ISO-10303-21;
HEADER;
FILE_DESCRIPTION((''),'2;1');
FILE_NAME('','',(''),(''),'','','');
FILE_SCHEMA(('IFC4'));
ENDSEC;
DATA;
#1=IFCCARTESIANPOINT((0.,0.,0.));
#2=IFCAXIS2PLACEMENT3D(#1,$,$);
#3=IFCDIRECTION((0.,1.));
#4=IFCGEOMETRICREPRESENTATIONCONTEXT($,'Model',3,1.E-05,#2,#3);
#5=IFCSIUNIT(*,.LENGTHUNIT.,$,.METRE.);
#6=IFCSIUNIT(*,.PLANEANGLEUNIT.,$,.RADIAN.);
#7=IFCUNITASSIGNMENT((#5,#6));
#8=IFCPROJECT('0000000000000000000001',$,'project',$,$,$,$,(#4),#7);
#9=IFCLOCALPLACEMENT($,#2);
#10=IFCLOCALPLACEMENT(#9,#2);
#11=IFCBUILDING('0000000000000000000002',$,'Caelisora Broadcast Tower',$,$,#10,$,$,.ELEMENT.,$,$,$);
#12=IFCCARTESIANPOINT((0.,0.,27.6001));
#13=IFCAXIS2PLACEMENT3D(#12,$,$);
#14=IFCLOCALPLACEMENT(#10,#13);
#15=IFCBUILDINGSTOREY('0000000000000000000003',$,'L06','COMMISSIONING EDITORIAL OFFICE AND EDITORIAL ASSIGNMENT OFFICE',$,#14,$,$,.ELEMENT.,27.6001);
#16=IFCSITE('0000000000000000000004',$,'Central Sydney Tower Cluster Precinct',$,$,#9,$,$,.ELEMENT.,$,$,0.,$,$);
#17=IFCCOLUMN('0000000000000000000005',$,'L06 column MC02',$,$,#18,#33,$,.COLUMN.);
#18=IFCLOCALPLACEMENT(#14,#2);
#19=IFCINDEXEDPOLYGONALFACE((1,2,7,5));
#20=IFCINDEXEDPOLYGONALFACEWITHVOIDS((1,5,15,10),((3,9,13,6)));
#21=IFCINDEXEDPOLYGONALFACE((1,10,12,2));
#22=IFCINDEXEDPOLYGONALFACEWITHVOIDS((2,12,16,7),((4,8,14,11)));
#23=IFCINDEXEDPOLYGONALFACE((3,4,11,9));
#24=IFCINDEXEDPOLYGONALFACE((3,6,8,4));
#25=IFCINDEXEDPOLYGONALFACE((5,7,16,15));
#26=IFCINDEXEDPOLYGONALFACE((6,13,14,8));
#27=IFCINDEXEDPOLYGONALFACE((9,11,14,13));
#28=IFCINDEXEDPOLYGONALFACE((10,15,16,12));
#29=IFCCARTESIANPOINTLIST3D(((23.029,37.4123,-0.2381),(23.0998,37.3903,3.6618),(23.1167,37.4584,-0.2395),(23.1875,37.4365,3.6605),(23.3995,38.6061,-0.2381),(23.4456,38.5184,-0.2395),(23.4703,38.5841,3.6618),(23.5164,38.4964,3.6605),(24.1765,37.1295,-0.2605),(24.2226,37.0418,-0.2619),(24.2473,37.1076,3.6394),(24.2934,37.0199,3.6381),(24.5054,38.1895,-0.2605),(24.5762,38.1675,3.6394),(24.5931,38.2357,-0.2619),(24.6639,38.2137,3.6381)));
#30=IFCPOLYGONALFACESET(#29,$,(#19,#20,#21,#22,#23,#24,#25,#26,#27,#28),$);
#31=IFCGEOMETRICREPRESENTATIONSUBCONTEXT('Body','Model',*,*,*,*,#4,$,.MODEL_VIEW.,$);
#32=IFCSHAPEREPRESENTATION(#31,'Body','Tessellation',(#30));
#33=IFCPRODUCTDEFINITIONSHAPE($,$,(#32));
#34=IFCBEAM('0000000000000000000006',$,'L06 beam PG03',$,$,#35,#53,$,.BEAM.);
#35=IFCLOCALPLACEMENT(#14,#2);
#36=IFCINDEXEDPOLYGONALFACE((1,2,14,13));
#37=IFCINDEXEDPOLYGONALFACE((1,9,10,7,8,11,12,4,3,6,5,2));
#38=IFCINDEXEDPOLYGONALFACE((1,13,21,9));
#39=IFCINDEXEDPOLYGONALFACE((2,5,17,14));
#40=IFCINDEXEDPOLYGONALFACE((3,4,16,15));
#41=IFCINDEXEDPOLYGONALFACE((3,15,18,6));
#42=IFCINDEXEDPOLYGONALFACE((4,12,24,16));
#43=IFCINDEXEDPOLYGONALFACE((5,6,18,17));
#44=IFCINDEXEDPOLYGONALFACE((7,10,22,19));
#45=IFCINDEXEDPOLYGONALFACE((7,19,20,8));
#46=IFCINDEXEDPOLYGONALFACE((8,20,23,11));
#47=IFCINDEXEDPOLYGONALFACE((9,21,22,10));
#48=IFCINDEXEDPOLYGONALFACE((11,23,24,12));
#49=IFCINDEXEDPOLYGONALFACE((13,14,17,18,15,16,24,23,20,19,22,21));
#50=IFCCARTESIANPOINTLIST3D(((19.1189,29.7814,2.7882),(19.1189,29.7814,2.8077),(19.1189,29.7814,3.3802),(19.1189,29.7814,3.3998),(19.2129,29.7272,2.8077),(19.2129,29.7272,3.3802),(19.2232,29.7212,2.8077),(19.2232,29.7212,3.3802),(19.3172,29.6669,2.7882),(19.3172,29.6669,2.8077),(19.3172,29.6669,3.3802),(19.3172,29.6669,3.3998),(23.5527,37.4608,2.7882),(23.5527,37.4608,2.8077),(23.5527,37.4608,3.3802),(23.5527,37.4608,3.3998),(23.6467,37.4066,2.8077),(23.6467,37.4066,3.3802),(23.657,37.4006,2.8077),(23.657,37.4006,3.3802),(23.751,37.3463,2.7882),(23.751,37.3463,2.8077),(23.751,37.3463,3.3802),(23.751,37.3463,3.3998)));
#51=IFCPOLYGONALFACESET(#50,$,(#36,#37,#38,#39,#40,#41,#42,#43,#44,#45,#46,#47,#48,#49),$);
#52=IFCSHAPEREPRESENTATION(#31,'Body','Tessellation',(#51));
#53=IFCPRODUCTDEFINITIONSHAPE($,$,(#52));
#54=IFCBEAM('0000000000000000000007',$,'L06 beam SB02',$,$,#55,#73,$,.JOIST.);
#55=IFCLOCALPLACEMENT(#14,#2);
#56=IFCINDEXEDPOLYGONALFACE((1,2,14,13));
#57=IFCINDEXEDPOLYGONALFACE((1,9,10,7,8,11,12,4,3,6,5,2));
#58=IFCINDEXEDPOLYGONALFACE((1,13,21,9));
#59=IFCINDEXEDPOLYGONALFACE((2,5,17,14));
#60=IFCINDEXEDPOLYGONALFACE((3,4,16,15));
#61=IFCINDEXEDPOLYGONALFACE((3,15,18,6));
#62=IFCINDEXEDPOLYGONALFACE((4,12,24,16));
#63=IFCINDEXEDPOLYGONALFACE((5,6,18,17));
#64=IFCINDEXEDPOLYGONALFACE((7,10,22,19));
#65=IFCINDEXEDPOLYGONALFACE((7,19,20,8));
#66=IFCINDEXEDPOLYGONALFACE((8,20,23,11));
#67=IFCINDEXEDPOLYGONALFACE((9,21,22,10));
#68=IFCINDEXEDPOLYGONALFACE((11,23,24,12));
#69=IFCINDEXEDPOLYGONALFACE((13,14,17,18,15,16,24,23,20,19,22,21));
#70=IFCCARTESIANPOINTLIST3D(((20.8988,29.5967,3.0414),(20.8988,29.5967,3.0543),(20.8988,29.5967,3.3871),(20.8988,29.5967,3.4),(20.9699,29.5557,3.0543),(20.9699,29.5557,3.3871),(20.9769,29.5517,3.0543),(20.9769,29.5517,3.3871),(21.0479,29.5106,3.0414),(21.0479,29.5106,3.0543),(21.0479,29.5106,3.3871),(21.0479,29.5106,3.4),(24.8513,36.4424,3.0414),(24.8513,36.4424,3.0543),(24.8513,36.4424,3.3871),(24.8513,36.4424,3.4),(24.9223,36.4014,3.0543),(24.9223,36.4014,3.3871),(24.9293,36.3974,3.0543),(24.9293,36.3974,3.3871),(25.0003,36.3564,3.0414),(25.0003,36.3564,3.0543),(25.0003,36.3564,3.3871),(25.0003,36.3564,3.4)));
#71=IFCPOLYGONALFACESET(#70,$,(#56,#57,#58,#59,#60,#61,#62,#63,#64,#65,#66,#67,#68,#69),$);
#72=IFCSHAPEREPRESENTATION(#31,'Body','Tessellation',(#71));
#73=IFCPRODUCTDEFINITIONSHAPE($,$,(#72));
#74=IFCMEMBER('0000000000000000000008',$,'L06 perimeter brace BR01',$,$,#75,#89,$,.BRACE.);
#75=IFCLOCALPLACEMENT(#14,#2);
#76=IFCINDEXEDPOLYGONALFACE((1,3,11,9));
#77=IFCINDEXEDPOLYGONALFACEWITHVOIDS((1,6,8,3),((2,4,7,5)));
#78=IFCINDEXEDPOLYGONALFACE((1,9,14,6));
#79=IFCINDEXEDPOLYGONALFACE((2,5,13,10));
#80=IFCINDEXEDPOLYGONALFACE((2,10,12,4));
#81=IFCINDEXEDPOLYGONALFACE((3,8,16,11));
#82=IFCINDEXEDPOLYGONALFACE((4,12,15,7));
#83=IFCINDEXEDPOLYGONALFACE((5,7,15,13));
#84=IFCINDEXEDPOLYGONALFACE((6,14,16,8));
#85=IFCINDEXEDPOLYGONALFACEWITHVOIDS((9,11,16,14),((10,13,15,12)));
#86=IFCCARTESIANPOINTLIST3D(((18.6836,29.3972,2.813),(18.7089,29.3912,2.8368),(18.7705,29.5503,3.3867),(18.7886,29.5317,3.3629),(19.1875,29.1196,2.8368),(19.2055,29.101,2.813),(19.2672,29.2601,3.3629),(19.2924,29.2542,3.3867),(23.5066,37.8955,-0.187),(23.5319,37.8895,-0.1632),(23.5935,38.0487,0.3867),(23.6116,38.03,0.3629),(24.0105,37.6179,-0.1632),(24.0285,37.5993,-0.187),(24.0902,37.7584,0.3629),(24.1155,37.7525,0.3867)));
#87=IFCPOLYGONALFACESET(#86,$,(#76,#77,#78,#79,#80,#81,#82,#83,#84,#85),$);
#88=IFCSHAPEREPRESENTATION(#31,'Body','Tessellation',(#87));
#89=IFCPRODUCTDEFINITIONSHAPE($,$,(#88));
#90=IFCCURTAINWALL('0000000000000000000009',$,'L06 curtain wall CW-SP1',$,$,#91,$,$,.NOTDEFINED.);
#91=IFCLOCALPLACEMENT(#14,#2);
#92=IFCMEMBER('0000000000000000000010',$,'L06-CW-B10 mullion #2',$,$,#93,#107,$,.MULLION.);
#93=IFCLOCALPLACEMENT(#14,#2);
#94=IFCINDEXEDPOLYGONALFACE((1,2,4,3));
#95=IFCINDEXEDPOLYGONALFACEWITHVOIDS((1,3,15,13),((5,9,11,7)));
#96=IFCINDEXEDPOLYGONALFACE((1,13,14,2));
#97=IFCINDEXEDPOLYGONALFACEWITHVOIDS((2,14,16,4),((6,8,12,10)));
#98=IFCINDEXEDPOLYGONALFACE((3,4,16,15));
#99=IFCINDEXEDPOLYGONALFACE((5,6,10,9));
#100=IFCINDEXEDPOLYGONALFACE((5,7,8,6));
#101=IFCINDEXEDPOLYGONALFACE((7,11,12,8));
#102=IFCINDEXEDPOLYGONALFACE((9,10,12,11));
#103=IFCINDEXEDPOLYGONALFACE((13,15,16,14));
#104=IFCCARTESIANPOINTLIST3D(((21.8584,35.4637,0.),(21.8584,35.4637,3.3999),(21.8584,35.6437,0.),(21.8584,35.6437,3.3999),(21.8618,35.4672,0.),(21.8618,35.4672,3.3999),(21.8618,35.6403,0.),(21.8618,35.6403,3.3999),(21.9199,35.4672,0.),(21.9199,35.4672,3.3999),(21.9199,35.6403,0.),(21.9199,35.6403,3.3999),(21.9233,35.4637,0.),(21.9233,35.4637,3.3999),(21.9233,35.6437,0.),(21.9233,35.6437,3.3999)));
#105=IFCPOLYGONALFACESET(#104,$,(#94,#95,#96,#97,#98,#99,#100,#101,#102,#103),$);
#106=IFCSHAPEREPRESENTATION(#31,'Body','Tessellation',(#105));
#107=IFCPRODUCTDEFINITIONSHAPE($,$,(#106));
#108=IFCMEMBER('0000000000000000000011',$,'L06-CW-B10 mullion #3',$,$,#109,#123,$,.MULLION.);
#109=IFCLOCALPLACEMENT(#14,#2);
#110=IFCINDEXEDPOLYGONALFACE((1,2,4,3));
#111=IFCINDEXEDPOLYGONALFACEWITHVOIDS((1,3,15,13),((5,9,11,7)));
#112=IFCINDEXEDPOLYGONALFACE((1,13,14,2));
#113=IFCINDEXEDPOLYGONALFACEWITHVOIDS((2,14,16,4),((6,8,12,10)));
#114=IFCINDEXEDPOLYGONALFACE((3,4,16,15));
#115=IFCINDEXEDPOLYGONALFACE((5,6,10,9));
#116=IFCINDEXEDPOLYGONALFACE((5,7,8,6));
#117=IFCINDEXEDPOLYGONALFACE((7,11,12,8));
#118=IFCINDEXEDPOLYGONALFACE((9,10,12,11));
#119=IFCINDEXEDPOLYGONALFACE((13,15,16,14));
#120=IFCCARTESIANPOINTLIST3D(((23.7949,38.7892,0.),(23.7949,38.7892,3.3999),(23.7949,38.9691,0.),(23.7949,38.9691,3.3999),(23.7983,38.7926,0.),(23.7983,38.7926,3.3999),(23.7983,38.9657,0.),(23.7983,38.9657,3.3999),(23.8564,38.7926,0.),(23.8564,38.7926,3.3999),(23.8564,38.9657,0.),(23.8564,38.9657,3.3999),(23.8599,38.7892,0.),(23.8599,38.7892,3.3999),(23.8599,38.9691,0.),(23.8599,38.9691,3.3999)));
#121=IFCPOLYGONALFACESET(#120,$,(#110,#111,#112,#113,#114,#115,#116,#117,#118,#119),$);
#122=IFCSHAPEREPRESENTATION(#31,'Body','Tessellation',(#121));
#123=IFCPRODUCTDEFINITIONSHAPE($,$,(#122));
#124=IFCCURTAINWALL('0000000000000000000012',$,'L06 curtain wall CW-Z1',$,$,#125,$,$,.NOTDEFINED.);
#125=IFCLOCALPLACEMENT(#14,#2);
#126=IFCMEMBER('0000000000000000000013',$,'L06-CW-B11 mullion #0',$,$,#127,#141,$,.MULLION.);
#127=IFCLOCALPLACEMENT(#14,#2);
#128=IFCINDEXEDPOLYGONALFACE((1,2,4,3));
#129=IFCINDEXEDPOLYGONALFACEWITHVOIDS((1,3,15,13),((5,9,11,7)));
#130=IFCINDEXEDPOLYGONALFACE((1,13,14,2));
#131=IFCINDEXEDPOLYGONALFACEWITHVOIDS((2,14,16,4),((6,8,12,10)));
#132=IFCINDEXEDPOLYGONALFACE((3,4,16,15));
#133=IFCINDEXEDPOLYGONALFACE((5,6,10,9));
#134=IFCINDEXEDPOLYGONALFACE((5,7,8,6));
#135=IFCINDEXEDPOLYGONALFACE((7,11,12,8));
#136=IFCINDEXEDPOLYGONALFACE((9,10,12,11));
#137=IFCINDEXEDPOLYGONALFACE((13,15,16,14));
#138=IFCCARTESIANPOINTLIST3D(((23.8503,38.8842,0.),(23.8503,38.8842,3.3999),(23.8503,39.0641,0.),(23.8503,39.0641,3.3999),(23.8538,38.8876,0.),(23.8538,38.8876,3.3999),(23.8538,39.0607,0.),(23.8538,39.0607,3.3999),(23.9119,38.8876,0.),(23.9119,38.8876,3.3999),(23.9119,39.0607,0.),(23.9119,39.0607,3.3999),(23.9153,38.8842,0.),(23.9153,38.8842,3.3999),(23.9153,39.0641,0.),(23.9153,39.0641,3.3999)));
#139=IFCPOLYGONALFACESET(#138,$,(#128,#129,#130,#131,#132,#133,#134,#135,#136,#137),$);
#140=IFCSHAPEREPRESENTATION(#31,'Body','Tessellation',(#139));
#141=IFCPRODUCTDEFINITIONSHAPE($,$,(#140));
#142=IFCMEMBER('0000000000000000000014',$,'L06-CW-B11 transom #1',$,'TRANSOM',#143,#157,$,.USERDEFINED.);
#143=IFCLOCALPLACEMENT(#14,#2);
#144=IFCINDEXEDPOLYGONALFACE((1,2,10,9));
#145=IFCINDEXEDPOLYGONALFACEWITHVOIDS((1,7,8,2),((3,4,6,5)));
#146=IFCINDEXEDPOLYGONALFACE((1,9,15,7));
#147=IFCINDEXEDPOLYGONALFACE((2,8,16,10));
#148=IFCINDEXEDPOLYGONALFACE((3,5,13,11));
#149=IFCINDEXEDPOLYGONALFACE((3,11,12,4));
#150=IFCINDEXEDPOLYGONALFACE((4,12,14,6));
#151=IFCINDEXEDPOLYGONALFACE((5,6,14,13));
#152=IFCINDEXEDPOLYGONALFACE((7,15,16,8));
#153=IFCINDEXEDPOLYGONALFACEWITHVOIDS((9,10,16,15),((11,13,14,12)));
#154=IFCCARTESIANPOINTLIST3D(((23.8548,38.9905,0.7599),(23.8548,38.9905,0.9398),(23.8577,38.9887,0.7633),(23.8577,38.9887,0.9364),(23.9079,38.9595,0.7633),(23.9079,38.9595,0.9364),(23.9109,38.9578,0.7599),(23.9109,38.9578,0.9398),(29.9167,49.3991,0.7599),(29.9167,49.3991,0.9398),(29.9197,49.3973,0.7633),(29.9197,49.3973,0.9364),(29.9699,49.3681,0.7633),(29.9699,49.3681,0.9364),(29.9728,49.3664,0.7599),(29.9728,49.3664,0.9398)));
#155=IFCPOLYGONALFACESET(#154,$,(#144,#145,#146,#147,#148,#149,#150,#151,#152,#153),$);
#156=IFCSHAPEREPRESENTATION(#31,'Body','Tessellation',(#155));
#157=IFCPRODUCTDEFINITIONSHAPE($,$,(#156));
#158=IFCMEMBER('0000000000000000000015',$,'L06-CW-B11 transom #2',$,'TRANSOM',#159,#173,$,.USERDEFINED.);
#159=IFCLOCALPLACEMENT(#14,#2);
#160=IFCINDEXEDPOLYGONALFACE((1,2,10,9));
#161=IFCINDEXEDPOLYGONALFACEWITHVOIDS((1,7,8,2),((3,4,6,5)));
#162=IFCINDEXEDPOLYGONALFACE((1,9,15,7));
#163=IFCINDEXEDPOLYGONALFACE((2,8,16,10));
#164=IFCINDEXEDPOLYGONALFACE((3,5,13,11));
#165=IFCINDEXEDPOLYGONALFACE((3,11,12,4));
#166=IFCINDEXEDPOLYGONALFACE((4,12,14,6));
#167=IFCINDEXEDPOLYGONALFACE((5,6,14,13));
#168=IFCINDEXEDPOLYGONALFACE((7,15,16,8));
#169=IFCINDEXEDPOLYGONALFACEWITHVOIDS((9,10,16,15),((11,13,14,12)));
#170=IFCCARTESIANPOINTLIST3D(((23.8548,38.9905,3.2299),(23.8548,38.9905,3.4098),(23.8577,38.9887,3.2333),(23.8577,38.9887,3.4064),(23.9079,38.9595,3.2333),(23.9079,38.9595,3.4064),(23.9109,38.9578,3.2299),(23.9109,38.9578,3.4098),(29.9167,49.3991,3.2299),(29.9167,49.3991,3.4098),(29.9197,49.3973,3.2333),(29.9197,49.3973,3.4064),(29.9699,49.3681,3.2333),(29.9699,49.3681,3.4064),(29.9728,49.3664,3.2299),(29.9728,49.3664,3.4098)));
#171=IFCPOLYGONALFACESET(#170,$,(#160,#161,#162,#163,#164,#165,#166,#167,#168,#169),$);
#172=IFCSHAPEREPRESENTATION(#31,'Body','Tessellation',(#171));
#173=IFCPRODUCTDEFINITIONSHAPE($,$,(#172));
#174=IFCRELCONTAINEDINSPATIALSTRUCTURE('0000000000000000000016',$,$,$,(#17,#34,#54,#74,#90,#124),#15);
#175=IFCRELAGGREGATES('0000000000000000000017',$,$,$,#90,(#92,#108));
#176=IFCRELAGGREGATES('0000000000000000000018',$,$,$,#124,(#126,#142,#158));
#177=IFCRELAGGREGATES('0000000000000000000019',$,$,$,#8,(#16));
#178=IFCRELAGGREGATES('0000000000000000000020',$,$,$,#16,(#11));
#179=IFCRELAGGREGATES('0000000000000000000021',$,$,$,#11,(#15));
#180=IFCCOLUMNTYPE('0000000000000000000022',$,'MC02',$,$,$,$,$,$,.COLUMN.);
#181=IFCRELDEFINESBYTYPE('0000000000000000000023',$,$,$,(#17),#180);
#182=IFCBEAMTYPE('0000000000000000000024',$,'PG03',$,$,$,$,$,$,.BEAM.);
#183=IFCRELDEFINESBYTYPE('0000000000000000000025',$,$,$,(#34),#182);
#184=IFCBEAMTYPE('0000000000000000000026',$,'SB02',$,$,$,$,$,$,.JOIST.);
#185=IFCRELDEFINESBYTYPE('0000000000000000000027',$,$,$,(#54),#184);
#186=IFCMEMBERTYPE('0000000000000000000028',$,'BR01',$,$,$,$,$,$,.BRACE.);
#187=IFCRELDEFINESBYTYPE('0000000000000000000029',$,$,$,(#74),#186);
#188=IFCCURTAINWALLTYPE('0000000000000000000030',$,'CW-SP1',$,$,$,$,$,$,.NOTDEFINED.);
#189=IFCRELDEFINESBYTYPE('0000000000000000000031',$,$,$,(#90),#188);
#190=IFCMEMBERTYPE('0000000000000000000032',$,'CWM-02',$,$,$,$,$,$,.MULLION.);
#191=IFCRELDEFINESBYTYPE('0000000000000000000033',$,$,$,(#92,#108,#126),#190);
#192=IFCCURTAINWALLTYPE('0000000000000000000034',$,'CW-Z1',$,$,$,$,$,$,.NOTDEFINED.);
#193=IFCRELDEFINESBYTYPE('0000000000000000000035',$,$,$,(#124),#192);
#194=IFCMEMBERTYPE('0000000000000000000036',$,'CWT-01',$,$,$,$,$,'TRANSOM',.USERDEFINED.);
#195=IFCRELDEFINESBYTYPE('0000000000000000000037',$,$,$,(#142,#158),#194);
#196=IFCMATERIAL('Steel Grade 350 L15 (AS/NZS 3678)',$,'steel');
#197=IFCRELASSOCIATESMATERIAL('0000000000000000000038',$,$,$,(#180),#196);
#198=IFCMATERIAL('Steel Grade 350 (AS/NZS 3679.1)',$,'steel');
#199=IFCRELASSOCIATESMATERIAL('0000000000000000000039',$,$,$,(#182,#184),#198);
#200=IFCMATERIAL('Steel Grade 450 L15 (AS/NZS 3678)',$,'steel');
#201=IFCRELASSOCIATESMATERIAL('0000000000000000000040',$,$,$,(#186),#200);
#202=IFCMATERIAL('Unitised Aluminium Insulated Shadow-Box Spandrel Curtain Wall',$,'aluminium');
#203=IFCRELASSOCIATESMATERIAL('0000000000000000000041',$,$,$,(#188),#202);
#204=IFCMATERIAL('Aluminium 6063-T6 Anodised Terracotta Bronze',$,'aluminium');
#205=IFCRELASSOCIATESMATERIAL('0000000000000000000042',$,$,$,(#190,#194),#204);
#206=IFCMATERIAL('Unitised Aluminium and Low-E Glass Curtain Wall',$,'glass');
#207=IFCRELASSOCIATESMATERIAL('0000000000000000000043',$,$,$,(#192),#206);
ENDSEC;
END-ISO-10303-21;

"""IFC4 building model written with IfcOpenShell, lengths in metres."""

from ifc_helpers import new_model, si_unit, direction, frame, origin, origin_2d, place, context, subcontext, project, spatial, hollow_rectangle, i_section, extrude, source, transform, mapped, material, material_profile, profile_set, type_object, type_shapes, element, aggregate, save


model = new_model("IFC4")

# Units and contexts
model_context = context("Model", 3, precision=1e-05, world=origin(), true_north=direction((0.0, 1.0)))
body_context = subcontext(model_context, "Body", "Model", "MODEL_VIEW")
ifc_project = project(units=[si_unit("LENGTHUNIT", "METRE"), si_unit("PLANEANGLEUNIT", "RADIAN")], contexts=[model_context])

# Site, building, storey
site_placement = place(None, origin())
site = spatial("IfcSite", under=ifc_project, at=site_placement, Name="Central Sydney Tower Cluster Precinct", CompositionType="ELEMENT", RefElevation=0.0)
building_placement = place(site_placement, origin())
building = spatial("IfcBuilding", under=site, at=building_placement, Name="Caelisora Broadcast Tower", CompositionType="ELEMENT")
storey_placement = place(building_placement, frame((0.0, 0.0, 27.6001)))
storey = spatial("IfcBuildingStorey", under=building, at=storey_placement, Name="L06", Description="COMMISSIONING EDITORIAL OFFICE AND EDITORIAL ASSIGNMENT OFFICE", CompositionType="ELEMENT", Elevation=27.6001)

# Column
ifc_material_1 = material(Name="Steel Grade 350 L15 (AS/NZS 3678)", Category="steel")
ifc_material_profile_1 = material_profile(ifc_material_1, hollow_rectangle(XDim=1.25, YDim=1.25, WallThickness=0.0701, at=origin_2d()), Name="Steel Grade 350 L15 (AS/NZS 3678)")
ifc_profile_set_1 = profile_set([ifc_material_profile_1], Name="Steel Grade 350 L15 (AS/NZS 3678)")
column_type = type_object("IfcColumnType", Name="MC02", PredefinedType="COLUMN", material=ifc_profile_set_1)
shared_shape_1 = source(origin(), body_context, "Body", "SweptSolid", [
    extrude(hollow_rectangle(XDim=1.25, YDim=1.25, WallThickness=0.0701, at=origin_2d()), origin(), (0.0, 0.0, 1.0), 3.9006),
])
type_shapes(column_type, [shared_shape_1])
column_placement = place(storey_placement, frame((23.811, 37.824, -0.25), z_axis=(0.018151, -0.005633, 0.999819), x_axis=(0.296399, 0.955064, 0.0)))
element("IfcColumn", 1, at=column_placement, inside=storey, type_object=column_type, Name="L06 column MC02", PredefinedType="COLUMN", context=body_context, shape_type="MappedRepresentation", body=[
    mapped(shared_shape_1, transform((0.0, 0.0, 0.0), scale=1.0)),
])

# Beams
ifc_material_2 = material(Name="Steel Grade 350 (AS/NZS 3679.1)", Category="steel")
ifc_material_profile_2 = material_profile(ifc_material_2, i_section(OverallWidth=0.229, OverallDepth=0.6116, WebThickness=0.012, FlangeThickness=0.0195, at=origin_2d()), Name="Steel Grade 350 (AS/NZS 3679.1)")
ifc_profile_set_2 = profile_set([ifc_material_profile_2], Name="Steel Grade 350 (AS/NZS 3679.1)")
beam_type_1 = type_object("IfcBeamType", Name="PG03", PredefinedType="BEAM", material=ifc_profile_set_2)
shared_shape_2 = source(origin(), body_context, "Body", "SweptSolid", [
    extrude(i_section(OverallWidth=0.229, OverallDepth=0.6116, WebThickness=0.012, FlangeThickness=0.0195, at=origin_2d()), origin(), (0.0, 0.0, 1.0), 8.8674),
])
type_shapes(beam_type_1, [shared_shape_2])
beam_1_placement = place(storey_placement, frame((23.6519, 37.4036, 3.094), z_axis=(-0.500009, -0.86602, 0.0), x_axis=(0.86602, -0.500009, 0.0)))
element("IfcBeam", 2, at=beam_1_placement, inside=storey, type_object=beam_type_1, Name="L06 beam PG03", PredefinedType="BEAM", context=body_context, shape_type="MappedRepresentation", body=[
    mapped(shared_shape_2, transform((0.0, 0.0, 0.0), scale=1.0)),
])
ifc_material_profile_3 = material_profile(ifc_material_2, i_section(OverallWidth=0.1721, OverallDepth=0.3586, WebThickness=0.0081, FlangeThickness=0.0129, at=origin_2d()), Name="Steel Grade 350 (AS/NZS 3679.1)")
ifc_profile_set_3 = profile_set([ifc_material_profile_3], Name="Steel Grade 350 (AS/NZS 3679.1)")
beam_type_2 = type_object("IfcBeamType", Name="SB02", PredefinedType="JOIST", material=ifc_profile_set_3)
shared_shape_3 = source(origin(), body_context, "Body", "SweptSolid", [
    extrude(i_section(OverallWidth=0.1721, OverallDepth=0.3586, WebThickness=0.0081, FlangeThickness=0.0129, at=origin_2d()), origin(), (0.0, 0.0, 1.0), 7.9048),
])
type_shapes(beam_type_2, [shared_shape_3])
beam_2_placement = place(storey_placement, frame((24.9258, 36.3994, 3.2207), z_axis=(-0.500002, -0.866024, 0.0), x_axis=(0.866024, -0.500002, 0.0)))
element("IfcBeam", 3, at=beam_2_placement, inside=storey, type_object=beam_type_2, Name="L06 beam SB02", PredefinedType="JOIST", context=body_context, shape_type="MappedRepresentation", body=[
    mapped(shared_shape_3, transform((0.0, 0.0, 0.0), scale=1.0)),
])

# Member
ifc_material_3 = material(Name="Steel Grade 450 L15 (AS/NZS 3678)", Category="steel")
ifc_material_profile_4 = material_profile(ifc_material_3, hollow_rectangle(XDim=0.6001, YDim=0.6001, WallThickness=0.0249, at=origin_2d()), Name="Steel Grade 450 L15 (AS/NZS 3678)")
ifc_profile_set_4 = profile_set([ifc_material_profile_4], Name="Steel Grade 450 L15 (AS/NZS 3678)")
member_type_1 = type_object("IfcMemberType", Name="BR01", PredefinedType="BRACE", material=ifc_profile_set_4)
shared_shape_4 = source(origin(), body_context, "Body", "SweptSolid", [
    extrude(hollow_rectangle(XDim=0.6001, YDim=0.6001, WallThickness=0.0249, at=origin_2d()), origin(), (0.0, 0.0, 1.0), 10.2217),
])
type_shapes(member_type_1, [shared_shape_4])
member_1_placement = place(storey_placement, frame((23.811, 37.824, 0.0999), z_axis=(-0.471841, -0.831401, 0.293495), x_axis=(0.869702, -0.493578, 0.0)))
element("IfcMember", 4, at=member_1_placement, inside=storey, type_object=member_type_1, Name="L06 perimeter brace BR01", PredefinedType="BRACE", context=body_context, shape_type="MappedRepresentation", body=[
    mapped(shared_shape_4, transform((0.0, 0.0, 0.0), scale=1.0)),
])

# Curtain walls, members
ifc_material_4 = material(Name="Unitised Aluminium Insulated Shadow-Box Spandrel Curtain Wall", Category="aluminium")
curtain_wall_type_1 = type_object("IfcCurtainWallType", Name="CW-SP1", PredefinedType="NOTDEFINED", material=ifc_material_4)
curtain_wall_1_placement = place(storey_placement, origin())
curtain_wall_1 = element("IfcCurtainWall", 5, at=curtain_wall_1_placement, inside=storey, type_object=curtain_wall_type_1, Name="L06 curtain wall CW-SP1", PredefinedType="NOTDEFINED")
ifc_material_5 = material(Name="Aluminium 6063-T6 Anodised Terracotta Bronze", Category="aluminium")
ifc_material_profile_5 = material_profile(ifc_material_5, hollow_rectangle(XDim=0.0649, YDim=0.1799, WallThickness=0.0034, at=origin_2d()), Name="Aluminium 6063-T6 Anodised Terracotta Bronze")
ifc_profile_set_5 = profile_set([ifc_material_profile_5], Name="Aluminium 6063-T6 Anodised Terracotta Bronze")
member_type_2 = type_object("IfcMemberType", Name="CWM-02", PredefinedType="MULLION", material=ifc_profile_set_5)
shared_shape_5 = source(origin(), body_context, "Body", "SweptSolid", [
    extrude(hollow_rectangle(XDim=0.0649, YDim=0.1799, WallThickness=0.0034, at=origin_2d()), origin(), (0.0, 0.0, 1.0), 3.3999),
])
type_shapes(member_type_2, [shared_shape_5])
member_2_placement = place(storey_placement, frame((21.8909, 35.5537, 0.0), z_axis=(0.0, 0.0, 1.0), x_axis=(1.0, 0.0, 0.0)))
member_2 = element("IfcMember", 6, at=member_2_placement, type_object=member_type_2, Name="L06-CW-B10 mullion #2", PredefinedType="MULLION", context=body_context, shape_type="MappedRepresentation", body=[
    mapped(shared_shape_5, transform((0.0, 0.0, 0.0), scale=1.0)),
])
member_3_placement = place(storey_placement, frame((23.8274, 38.8792, 0.0), z_axis=(0.0, 0.0, 1.0), x_axis=(1.0, 0.0, 0.0)))
member_3 = element("IfcMember", 7, at=member_3_placement, type_object=member_type_2, Name="L06-CW-B10 mullion #3", PredefinedType="MULLION", context=body_context, shape_type="MappedRepresentation", body=[
    mapped(shared_shape_5, transform((0.0, 0.0, 0.0), scale=1.0)),
])
ifc_material_6 = material(Name="Unitised Aluminium and Low-E Glass Curtain Wall", Category="glass")
curtain_wall_type_2 = type_object("IfcCurtainWallType", Name="CW-Z1", PredefinedType="NOTDEFINED", material=ifc_material_6)
curtain_wall_2_placement = place(storey_placement, origin())
curtain_wall_2 = element("IfcCurtainWall", 8, at=curtain_wall_2_placement, inside=storey, type_object=curtain_wall_type_2, Name="L06 curtain wall CW-Z1", PredefinedType="NOTDEFINED")
member_4_placement = place(storey_placement, frame((23.8828, 38.9741, 0.0), z_axis=(0.0, 0.0, 1.0), x_axis=(1.0, 0.0, 0.0)))
member_4 = element("IfcMember", 9, at=member_4_placement, type_object=member_type_2, Name="L06-CW-B11 mullion #0", PredefinedType="MULLION", context=body_context, shape_type="MappedRepresentation", body=[
    mapped(shared_shape_5, transform((0.0, 0.0, 0.0), scale=1.0)),
])
ifc_material_profile_6 = material_profile(ifc_material_5, hollow_rectangle(XDim=0.0649, YDim=0.1799, WallThickness=0.0034, at=origin_2d()), Name="Aluminium 6063-T6 Anodised Terracotta Bronze")
ifc_profile_set_6 = profile_set([ifc_material_profile_6], Name="Aluminium 6063-T6 Anodised Terracotta Bronze")
member_type_3 = type_object("IfcMemberType", Name="CWT-01", ElementType="TRANSOM", PredefinedType="USERDEFINED", material=ifc_profile_set_6)
shared_shape_6 = source(origin(), body_context, "Body", "SweptSolid", [
    extrude(hollow_rectangle(XDim=0.0649, YDim=0.1799, WallThickness=0.0034, at=origin_2d()), origin(), (0.0, 0.0, 1.0), 12.0452),
])
type_shapes(member_type_3, [shared_shape_6])
member_5_placement = place(storey_placement, frame((23.8828, 38.9741, 0.8499), z_axis=(0.503269, 0.86413, 0.0), x_axis=(-0.86413, 0.503269, 0.0)))
member_5 = element("IfcMember", 10, at=member_5_placement, type_object=member_type_3, Name="L06-CW-B11 transom #1", ObjectType="TRANSOM", PredefinedType="USERDEFINED", context=body_context, shape_type="MappedRepresentation", body=[
    mapped(shared_shape_6, transform((0.0, 0.0, 0.0), scale=1.0)),
])
member_6_placement = place(storey_placement, frame((23.8828, 38.9741, 3.3198), z_axis=(0.503269, 0.86413, 0.0), x_axis=(-0.86413, 0.503269, 0.0)))
member_6 = element("IfcMember", 11, at=member_6_placement, type_object=member_type_3, Name="L06-CW-B11 transom #2", ObjectType="TRANSOM", PredefinedType="USERDEFINED", context=body_context, shape_type="MappedRepresentation", body=[
    mapped(shared_shape_6, transform((0.0, 0.0, 0.0), scale=1.0)),
])

aggregate(curtain_wall_1, [member_2, member_3])
aggregate(curtain_wall_2, [member_4, member_5, member_6])

save(model, "model.ifc")
